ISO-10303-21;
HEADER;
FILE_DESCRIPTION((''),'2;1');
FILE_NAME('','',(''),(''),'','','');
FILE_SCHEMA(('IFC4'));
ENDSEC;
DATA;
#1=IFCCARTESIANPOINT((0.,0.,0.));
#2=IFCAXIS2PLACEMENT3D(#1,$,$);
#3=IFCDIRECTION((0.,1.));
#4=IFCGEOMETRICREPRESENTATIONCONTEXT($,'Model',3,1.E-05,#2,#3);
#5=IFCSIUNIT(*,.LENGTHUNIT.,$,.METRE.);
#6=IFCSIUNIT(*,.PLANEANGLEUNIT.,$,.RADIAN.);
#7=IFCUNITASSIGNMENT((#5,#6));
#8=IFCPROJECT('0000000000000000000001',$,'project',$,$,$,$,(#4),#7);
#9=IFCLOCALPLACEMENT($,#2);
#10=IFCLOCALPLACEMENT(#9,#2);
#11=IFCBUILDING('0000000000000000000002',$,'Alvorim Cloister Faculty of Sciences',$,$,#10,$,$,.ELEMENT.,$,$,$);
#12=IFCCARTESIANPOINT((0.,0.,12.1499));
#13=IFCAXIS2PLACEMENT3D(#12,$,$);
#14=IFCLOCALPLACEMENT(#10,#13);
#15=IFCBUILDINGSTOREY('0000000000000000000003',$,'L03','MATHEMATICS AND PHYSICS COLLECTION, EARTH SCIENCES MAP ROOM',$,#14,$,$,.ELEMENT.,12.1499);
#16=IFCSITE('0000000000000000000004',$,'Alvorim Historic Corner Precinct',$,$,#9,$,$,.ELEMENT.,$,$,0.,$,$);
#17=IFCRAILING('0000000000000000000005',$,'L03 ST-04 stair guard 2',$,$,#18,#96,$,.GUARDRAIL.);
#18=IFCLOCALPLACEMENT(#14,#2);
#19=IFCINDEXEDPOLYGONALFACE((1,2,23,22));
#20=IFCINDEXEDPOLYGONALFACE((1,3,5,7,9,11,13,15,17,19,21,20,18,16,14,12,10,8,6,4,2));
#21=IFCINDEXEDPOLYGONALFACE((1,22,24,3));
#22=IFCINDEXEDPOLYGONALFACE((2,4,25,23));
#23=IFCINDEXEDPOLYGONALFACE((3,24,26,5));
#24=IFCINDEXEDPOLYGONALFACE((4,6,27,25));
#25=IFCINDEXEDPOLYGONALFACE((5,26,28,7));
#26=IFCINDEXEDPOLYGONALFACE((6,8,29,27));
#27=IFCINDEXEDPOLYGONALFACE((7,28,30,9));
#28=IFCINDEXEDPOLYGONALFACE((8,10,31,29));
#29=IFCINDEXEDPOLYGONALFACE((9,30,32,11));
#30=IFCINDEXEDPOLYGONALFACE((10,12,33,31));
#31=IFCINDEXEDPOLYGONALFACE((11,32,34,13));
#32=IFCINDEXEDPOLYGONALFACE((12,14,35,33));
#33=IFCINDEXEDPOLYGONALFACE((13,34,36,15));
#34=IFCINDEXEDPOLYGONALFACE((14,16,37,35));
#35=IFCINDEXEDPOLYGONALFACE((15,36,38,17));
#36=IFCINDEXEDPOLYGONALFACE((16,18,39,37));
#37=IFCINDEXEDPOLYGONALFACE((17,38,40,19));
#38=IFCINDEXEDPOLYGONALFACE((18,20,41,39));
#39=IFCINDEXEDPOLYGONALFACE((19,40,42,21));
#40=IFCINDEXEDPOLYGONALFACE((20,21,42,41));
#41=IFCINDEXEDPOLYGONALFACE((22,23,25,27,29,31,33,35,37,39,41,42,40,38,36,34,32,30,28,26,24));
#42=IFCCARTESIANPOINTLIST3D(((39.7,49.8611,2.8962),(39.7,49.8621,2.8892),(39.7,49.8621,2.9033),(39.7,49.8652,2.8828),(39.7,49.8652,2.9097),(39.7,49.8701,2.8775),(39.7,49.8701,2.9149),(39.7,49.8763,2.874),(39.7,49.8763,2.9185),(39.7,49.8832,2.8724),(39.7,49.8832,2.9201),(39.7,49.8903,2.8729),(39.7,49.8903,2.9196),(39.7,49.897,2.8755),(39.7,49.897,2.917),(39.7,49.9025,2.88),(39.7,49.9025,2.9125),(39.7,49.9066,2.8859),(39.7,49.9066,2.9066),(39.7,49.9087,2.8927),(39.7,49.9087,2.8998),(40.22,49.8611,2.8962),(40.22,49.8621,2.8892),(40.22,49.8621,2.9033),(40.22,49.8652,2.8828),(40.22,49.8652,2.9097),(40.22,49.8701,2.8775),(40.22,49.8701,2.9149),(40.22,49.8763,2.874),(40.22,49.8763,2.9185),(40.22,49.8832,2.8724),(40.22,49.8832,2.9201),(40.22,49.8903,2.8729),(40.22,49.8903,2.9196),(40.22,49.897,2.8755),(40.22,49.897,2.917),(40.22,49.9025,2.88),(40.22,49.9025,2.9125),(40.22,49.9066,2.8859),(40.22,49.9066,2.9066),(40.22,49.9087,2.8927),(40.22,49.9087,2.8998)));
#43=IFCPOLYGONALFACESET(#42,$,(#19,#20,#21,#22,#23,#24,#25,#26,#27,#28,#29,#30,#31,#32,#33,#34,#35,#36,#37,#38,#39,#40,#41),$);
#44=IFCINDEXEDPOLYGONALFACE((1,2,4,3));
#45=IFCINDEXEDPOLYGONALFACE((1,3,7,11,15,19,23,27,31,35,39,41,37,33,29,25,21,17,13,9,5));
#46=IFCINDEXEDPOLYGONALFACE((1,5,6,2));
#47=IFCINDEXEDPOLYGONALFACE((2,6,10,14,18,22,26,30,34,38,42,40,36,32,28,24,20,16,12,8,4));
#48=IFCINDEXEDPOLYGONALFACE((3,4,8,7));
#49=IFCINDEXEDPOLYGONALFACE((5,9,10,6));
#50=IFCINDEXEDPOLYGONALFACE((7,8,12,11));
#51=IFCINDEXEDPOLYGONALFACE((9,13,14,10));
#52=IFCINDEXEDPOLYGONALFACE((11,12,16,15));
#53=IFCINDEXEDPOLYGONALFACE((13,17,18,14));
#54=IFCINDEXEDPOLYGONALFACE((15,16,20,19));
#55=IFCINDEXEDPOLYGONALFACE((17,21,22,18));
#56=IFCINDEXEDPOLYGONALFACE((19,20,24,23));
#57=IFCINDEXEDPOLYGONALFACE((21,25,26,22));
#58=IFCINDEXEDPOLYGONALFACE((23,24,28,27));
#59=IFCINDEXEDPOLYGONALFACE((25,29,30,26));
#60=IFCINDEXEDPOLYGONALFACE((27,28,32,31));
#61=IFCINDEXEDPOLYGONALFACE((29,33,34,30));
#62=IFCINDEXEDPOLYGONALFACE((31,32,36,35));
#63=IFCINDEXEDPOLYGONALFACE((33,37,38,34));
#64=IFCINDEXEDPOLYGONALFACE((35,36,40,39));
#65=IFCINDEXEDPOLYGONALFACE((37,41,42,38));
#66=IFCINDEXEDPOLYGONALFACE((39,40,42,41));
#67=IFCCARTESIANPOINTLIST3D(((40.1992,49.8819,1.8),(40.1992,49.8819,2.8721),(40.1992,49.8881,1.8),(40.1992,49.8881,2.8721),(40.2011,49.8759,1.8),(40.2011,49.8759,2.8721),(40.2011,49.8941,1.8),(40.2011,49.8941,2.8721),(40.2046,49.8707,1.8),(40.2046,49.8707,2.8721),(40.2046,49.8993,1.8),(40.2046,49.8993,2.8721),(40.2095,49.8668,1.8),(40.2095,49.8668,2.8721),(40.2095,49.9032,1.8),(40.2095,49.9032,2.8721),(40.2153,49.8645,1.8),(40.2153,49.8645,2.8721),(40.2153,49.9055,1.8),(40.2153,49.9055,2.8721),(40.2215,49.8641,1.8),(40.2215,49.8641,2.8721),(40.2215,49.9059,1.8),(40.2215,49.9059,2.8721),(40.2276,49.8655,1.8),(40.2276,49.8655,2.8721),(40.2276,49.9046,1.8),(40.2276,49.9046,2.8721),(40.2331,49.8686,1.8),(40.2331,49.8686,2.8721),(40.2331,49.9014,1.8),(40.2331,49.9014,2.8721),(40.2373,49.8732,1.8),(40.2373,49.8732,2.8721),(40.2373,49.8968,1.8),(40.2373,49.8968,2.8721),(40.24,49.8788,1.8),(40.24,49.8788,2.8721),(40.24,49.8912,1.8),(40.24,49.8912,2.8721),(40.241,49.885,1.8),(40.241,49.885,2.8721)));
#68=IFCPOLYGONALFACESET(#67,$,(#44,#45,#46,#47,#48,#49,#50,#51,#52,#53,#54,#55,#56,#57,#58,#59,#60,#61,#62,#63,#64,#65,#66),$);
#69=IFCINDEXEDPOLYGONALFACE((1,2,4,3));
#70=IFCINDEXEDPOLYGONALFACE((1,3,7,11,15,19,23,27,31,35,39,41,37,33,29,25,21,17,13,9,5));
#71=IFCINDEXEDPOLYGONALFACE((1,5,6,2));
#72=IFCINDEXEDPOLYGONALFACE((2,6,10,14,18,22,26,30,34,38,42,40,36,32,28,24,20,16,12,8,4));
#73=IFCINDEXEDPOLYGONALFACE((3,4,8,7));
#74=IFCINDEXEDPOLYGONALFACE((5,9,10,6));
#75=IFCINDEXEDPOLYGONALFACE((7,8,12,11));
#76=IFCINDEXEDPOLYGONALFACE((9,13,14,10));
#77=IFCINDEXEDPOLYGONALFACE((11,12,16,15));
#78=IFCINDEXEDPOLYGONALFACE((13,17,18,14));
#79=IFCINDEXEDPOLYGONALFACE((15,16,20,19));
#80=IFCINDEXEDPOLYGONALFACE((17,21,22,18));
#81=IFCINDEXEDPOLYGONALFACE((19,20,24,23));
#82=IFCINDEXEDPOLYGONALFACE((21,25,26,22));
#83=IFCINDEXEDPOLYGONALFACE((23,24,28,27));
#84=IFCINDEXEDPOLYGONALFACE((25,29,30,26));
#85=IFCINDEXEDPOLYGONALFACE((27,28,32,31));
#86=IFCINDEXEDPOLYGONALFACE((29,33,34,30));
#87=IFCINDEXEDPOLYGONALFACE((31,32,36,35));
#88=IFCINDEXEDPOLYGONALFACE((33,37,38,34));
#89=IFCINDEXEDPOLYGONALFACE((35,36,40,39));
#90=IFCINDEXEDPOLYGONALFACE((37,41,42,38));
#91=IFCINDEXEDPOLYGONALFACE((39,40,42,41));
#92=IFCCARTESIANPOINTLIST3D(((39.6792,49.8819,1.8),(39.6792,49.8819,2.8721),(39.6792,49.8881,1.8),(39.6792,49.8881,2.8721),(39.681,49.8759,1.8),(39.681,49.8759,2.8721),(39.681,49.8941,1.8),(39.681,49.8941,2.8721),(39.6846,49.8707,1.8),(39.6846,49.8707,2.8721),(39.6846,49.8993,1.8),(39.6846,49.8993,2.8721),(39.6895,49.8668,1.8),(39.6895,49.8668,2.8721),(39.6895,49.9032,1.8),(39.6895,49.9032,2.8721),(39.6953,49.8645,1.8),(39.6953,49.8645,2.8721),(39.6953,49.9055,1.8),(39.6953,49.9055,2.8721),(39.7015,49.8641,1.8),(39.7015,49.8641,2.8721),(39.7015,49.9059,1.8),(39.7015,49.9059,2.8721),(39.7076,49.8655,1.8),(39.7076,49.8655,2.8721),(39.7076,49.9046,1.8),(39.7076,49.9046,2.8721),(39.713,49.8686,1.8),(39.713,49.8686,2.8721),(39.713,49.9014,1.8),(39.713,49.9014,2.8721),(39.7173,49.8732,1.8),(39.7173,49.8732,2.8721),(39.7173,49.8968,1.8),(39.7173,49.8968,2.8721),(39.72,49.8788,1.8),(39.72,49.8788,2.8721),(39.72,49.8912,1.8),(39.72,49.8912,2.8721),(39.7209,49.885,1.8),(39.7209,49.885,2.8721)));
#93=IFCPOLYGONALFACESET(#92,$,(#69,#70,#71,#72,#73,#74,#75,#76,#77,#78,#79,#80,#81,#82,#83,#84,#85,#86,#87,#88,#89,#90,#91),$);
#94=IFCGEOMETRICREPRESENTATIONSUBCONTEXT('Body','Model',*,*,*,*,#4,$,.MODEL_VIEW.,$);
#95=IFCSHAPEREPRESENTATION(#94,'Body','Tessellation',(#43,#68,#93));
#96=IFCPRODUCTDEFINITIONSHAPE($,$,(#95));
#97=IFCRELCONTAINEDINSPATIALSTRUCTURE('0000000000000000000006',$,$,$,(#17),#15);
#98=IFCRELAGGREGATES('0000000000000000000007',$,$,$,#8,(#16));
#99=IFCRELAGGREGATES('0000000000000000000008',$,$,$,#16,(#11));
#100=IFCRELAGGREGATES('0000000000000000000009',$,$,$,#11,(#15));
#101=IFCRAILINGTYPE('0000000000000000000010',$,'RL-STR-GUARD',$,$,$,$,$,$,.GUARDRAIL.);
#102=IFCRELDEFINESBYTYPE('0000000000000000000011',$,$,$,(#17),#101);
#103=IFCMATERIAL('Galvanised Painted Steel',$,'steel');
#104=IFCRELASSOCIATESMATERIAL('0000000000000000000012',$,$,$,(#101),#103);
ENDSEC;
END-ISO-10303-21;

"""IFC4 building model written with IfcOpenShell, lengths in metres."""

from ifc_helpers import new_model, si_unit, direction, frame, origin, origin_2d, place, context, subcontext, project, spatial, circle, extrude, material, type_object, element, save


model = new_model("IFC4")

# Units and contexts
model_context = context("Model", 3, precision=1e-05, world=origin(), true_north=direction((0.0, 1.0)))
body_context = subcontext(model_context, "Body", "Model", "MODEL_VIEW")
ifc_project = project(units=[si_unit("LENGTHUNIT", "METRE"), si_unit("PLANEANGLEUNIT", "RADIAN")], contexts=[model_context])

# Site, building, storey
site_placement = place(None, origin())
site = spatial("IfcSite", under=ifc_project, at=site_placement, Name="Alvorim Historic Corner Precinct", CompositionType="ELEMENT", RefElevation=0.0)
building_placement = place(site_placement, origin())
building = spatial("IfcBuilding", under=site, at=building_placement, Name="Alvorim Cloister Faculty of Sciences", CompositionType="ELEMENT")
storey_placement = place(building_placement, frame((0.0, 0.0, 12.1499)))
storey = spatial("IfcBuildingStorey", under=building, at=storey_placement, Name="L03", Description="MATHEMATICS AND PHYSICS COLLECTION, EARTH SCIENCES MAP ROOM", CompositionType="ELEMENT", Elevation=12.1499)

# Railing
ifc_material_1 = material(Name="Galvanised Painted Steel", Category="steel")
railing_type_1 = type_object("IfcRailingType", Name="RL-STR-GUARD", PredefinedType="GUARDRAIL", material=ifc_material_1)
railing_1_placement = place(storey_placement, frame((40.22, 49.885, 1.8)))
element("IfcRailing", 1, at=railing_1_placement, inside=storey, type_object=railing_type_1, Name="L03 ST-04 stair guard 2", PredefinedType="GUARDRAIL", context=body_context, shape_type="SweptSolid", body=[
    extrude(circle(Radius=0.0239, at=origin_2d()), frame((0.0, 0.0, 1.0962), z_axis=(-1.0, 0.0, 0.0), x_axis=(0.0, -1.0, 0.0)), (0.0, 0.0, 1.0), 0.52),
    extrude(circle(Radius=0.021, at=origin_2d()), origin(), (0.0, 0.0, 1.0), 1.072),
    extrude(circle(Radius=0.021, at=origin_2d()), frame((-0.52, 0.0, 0.0)), (0.0, 0.0, 1.0), 1.072),
])

save(model, "model.ifc")
